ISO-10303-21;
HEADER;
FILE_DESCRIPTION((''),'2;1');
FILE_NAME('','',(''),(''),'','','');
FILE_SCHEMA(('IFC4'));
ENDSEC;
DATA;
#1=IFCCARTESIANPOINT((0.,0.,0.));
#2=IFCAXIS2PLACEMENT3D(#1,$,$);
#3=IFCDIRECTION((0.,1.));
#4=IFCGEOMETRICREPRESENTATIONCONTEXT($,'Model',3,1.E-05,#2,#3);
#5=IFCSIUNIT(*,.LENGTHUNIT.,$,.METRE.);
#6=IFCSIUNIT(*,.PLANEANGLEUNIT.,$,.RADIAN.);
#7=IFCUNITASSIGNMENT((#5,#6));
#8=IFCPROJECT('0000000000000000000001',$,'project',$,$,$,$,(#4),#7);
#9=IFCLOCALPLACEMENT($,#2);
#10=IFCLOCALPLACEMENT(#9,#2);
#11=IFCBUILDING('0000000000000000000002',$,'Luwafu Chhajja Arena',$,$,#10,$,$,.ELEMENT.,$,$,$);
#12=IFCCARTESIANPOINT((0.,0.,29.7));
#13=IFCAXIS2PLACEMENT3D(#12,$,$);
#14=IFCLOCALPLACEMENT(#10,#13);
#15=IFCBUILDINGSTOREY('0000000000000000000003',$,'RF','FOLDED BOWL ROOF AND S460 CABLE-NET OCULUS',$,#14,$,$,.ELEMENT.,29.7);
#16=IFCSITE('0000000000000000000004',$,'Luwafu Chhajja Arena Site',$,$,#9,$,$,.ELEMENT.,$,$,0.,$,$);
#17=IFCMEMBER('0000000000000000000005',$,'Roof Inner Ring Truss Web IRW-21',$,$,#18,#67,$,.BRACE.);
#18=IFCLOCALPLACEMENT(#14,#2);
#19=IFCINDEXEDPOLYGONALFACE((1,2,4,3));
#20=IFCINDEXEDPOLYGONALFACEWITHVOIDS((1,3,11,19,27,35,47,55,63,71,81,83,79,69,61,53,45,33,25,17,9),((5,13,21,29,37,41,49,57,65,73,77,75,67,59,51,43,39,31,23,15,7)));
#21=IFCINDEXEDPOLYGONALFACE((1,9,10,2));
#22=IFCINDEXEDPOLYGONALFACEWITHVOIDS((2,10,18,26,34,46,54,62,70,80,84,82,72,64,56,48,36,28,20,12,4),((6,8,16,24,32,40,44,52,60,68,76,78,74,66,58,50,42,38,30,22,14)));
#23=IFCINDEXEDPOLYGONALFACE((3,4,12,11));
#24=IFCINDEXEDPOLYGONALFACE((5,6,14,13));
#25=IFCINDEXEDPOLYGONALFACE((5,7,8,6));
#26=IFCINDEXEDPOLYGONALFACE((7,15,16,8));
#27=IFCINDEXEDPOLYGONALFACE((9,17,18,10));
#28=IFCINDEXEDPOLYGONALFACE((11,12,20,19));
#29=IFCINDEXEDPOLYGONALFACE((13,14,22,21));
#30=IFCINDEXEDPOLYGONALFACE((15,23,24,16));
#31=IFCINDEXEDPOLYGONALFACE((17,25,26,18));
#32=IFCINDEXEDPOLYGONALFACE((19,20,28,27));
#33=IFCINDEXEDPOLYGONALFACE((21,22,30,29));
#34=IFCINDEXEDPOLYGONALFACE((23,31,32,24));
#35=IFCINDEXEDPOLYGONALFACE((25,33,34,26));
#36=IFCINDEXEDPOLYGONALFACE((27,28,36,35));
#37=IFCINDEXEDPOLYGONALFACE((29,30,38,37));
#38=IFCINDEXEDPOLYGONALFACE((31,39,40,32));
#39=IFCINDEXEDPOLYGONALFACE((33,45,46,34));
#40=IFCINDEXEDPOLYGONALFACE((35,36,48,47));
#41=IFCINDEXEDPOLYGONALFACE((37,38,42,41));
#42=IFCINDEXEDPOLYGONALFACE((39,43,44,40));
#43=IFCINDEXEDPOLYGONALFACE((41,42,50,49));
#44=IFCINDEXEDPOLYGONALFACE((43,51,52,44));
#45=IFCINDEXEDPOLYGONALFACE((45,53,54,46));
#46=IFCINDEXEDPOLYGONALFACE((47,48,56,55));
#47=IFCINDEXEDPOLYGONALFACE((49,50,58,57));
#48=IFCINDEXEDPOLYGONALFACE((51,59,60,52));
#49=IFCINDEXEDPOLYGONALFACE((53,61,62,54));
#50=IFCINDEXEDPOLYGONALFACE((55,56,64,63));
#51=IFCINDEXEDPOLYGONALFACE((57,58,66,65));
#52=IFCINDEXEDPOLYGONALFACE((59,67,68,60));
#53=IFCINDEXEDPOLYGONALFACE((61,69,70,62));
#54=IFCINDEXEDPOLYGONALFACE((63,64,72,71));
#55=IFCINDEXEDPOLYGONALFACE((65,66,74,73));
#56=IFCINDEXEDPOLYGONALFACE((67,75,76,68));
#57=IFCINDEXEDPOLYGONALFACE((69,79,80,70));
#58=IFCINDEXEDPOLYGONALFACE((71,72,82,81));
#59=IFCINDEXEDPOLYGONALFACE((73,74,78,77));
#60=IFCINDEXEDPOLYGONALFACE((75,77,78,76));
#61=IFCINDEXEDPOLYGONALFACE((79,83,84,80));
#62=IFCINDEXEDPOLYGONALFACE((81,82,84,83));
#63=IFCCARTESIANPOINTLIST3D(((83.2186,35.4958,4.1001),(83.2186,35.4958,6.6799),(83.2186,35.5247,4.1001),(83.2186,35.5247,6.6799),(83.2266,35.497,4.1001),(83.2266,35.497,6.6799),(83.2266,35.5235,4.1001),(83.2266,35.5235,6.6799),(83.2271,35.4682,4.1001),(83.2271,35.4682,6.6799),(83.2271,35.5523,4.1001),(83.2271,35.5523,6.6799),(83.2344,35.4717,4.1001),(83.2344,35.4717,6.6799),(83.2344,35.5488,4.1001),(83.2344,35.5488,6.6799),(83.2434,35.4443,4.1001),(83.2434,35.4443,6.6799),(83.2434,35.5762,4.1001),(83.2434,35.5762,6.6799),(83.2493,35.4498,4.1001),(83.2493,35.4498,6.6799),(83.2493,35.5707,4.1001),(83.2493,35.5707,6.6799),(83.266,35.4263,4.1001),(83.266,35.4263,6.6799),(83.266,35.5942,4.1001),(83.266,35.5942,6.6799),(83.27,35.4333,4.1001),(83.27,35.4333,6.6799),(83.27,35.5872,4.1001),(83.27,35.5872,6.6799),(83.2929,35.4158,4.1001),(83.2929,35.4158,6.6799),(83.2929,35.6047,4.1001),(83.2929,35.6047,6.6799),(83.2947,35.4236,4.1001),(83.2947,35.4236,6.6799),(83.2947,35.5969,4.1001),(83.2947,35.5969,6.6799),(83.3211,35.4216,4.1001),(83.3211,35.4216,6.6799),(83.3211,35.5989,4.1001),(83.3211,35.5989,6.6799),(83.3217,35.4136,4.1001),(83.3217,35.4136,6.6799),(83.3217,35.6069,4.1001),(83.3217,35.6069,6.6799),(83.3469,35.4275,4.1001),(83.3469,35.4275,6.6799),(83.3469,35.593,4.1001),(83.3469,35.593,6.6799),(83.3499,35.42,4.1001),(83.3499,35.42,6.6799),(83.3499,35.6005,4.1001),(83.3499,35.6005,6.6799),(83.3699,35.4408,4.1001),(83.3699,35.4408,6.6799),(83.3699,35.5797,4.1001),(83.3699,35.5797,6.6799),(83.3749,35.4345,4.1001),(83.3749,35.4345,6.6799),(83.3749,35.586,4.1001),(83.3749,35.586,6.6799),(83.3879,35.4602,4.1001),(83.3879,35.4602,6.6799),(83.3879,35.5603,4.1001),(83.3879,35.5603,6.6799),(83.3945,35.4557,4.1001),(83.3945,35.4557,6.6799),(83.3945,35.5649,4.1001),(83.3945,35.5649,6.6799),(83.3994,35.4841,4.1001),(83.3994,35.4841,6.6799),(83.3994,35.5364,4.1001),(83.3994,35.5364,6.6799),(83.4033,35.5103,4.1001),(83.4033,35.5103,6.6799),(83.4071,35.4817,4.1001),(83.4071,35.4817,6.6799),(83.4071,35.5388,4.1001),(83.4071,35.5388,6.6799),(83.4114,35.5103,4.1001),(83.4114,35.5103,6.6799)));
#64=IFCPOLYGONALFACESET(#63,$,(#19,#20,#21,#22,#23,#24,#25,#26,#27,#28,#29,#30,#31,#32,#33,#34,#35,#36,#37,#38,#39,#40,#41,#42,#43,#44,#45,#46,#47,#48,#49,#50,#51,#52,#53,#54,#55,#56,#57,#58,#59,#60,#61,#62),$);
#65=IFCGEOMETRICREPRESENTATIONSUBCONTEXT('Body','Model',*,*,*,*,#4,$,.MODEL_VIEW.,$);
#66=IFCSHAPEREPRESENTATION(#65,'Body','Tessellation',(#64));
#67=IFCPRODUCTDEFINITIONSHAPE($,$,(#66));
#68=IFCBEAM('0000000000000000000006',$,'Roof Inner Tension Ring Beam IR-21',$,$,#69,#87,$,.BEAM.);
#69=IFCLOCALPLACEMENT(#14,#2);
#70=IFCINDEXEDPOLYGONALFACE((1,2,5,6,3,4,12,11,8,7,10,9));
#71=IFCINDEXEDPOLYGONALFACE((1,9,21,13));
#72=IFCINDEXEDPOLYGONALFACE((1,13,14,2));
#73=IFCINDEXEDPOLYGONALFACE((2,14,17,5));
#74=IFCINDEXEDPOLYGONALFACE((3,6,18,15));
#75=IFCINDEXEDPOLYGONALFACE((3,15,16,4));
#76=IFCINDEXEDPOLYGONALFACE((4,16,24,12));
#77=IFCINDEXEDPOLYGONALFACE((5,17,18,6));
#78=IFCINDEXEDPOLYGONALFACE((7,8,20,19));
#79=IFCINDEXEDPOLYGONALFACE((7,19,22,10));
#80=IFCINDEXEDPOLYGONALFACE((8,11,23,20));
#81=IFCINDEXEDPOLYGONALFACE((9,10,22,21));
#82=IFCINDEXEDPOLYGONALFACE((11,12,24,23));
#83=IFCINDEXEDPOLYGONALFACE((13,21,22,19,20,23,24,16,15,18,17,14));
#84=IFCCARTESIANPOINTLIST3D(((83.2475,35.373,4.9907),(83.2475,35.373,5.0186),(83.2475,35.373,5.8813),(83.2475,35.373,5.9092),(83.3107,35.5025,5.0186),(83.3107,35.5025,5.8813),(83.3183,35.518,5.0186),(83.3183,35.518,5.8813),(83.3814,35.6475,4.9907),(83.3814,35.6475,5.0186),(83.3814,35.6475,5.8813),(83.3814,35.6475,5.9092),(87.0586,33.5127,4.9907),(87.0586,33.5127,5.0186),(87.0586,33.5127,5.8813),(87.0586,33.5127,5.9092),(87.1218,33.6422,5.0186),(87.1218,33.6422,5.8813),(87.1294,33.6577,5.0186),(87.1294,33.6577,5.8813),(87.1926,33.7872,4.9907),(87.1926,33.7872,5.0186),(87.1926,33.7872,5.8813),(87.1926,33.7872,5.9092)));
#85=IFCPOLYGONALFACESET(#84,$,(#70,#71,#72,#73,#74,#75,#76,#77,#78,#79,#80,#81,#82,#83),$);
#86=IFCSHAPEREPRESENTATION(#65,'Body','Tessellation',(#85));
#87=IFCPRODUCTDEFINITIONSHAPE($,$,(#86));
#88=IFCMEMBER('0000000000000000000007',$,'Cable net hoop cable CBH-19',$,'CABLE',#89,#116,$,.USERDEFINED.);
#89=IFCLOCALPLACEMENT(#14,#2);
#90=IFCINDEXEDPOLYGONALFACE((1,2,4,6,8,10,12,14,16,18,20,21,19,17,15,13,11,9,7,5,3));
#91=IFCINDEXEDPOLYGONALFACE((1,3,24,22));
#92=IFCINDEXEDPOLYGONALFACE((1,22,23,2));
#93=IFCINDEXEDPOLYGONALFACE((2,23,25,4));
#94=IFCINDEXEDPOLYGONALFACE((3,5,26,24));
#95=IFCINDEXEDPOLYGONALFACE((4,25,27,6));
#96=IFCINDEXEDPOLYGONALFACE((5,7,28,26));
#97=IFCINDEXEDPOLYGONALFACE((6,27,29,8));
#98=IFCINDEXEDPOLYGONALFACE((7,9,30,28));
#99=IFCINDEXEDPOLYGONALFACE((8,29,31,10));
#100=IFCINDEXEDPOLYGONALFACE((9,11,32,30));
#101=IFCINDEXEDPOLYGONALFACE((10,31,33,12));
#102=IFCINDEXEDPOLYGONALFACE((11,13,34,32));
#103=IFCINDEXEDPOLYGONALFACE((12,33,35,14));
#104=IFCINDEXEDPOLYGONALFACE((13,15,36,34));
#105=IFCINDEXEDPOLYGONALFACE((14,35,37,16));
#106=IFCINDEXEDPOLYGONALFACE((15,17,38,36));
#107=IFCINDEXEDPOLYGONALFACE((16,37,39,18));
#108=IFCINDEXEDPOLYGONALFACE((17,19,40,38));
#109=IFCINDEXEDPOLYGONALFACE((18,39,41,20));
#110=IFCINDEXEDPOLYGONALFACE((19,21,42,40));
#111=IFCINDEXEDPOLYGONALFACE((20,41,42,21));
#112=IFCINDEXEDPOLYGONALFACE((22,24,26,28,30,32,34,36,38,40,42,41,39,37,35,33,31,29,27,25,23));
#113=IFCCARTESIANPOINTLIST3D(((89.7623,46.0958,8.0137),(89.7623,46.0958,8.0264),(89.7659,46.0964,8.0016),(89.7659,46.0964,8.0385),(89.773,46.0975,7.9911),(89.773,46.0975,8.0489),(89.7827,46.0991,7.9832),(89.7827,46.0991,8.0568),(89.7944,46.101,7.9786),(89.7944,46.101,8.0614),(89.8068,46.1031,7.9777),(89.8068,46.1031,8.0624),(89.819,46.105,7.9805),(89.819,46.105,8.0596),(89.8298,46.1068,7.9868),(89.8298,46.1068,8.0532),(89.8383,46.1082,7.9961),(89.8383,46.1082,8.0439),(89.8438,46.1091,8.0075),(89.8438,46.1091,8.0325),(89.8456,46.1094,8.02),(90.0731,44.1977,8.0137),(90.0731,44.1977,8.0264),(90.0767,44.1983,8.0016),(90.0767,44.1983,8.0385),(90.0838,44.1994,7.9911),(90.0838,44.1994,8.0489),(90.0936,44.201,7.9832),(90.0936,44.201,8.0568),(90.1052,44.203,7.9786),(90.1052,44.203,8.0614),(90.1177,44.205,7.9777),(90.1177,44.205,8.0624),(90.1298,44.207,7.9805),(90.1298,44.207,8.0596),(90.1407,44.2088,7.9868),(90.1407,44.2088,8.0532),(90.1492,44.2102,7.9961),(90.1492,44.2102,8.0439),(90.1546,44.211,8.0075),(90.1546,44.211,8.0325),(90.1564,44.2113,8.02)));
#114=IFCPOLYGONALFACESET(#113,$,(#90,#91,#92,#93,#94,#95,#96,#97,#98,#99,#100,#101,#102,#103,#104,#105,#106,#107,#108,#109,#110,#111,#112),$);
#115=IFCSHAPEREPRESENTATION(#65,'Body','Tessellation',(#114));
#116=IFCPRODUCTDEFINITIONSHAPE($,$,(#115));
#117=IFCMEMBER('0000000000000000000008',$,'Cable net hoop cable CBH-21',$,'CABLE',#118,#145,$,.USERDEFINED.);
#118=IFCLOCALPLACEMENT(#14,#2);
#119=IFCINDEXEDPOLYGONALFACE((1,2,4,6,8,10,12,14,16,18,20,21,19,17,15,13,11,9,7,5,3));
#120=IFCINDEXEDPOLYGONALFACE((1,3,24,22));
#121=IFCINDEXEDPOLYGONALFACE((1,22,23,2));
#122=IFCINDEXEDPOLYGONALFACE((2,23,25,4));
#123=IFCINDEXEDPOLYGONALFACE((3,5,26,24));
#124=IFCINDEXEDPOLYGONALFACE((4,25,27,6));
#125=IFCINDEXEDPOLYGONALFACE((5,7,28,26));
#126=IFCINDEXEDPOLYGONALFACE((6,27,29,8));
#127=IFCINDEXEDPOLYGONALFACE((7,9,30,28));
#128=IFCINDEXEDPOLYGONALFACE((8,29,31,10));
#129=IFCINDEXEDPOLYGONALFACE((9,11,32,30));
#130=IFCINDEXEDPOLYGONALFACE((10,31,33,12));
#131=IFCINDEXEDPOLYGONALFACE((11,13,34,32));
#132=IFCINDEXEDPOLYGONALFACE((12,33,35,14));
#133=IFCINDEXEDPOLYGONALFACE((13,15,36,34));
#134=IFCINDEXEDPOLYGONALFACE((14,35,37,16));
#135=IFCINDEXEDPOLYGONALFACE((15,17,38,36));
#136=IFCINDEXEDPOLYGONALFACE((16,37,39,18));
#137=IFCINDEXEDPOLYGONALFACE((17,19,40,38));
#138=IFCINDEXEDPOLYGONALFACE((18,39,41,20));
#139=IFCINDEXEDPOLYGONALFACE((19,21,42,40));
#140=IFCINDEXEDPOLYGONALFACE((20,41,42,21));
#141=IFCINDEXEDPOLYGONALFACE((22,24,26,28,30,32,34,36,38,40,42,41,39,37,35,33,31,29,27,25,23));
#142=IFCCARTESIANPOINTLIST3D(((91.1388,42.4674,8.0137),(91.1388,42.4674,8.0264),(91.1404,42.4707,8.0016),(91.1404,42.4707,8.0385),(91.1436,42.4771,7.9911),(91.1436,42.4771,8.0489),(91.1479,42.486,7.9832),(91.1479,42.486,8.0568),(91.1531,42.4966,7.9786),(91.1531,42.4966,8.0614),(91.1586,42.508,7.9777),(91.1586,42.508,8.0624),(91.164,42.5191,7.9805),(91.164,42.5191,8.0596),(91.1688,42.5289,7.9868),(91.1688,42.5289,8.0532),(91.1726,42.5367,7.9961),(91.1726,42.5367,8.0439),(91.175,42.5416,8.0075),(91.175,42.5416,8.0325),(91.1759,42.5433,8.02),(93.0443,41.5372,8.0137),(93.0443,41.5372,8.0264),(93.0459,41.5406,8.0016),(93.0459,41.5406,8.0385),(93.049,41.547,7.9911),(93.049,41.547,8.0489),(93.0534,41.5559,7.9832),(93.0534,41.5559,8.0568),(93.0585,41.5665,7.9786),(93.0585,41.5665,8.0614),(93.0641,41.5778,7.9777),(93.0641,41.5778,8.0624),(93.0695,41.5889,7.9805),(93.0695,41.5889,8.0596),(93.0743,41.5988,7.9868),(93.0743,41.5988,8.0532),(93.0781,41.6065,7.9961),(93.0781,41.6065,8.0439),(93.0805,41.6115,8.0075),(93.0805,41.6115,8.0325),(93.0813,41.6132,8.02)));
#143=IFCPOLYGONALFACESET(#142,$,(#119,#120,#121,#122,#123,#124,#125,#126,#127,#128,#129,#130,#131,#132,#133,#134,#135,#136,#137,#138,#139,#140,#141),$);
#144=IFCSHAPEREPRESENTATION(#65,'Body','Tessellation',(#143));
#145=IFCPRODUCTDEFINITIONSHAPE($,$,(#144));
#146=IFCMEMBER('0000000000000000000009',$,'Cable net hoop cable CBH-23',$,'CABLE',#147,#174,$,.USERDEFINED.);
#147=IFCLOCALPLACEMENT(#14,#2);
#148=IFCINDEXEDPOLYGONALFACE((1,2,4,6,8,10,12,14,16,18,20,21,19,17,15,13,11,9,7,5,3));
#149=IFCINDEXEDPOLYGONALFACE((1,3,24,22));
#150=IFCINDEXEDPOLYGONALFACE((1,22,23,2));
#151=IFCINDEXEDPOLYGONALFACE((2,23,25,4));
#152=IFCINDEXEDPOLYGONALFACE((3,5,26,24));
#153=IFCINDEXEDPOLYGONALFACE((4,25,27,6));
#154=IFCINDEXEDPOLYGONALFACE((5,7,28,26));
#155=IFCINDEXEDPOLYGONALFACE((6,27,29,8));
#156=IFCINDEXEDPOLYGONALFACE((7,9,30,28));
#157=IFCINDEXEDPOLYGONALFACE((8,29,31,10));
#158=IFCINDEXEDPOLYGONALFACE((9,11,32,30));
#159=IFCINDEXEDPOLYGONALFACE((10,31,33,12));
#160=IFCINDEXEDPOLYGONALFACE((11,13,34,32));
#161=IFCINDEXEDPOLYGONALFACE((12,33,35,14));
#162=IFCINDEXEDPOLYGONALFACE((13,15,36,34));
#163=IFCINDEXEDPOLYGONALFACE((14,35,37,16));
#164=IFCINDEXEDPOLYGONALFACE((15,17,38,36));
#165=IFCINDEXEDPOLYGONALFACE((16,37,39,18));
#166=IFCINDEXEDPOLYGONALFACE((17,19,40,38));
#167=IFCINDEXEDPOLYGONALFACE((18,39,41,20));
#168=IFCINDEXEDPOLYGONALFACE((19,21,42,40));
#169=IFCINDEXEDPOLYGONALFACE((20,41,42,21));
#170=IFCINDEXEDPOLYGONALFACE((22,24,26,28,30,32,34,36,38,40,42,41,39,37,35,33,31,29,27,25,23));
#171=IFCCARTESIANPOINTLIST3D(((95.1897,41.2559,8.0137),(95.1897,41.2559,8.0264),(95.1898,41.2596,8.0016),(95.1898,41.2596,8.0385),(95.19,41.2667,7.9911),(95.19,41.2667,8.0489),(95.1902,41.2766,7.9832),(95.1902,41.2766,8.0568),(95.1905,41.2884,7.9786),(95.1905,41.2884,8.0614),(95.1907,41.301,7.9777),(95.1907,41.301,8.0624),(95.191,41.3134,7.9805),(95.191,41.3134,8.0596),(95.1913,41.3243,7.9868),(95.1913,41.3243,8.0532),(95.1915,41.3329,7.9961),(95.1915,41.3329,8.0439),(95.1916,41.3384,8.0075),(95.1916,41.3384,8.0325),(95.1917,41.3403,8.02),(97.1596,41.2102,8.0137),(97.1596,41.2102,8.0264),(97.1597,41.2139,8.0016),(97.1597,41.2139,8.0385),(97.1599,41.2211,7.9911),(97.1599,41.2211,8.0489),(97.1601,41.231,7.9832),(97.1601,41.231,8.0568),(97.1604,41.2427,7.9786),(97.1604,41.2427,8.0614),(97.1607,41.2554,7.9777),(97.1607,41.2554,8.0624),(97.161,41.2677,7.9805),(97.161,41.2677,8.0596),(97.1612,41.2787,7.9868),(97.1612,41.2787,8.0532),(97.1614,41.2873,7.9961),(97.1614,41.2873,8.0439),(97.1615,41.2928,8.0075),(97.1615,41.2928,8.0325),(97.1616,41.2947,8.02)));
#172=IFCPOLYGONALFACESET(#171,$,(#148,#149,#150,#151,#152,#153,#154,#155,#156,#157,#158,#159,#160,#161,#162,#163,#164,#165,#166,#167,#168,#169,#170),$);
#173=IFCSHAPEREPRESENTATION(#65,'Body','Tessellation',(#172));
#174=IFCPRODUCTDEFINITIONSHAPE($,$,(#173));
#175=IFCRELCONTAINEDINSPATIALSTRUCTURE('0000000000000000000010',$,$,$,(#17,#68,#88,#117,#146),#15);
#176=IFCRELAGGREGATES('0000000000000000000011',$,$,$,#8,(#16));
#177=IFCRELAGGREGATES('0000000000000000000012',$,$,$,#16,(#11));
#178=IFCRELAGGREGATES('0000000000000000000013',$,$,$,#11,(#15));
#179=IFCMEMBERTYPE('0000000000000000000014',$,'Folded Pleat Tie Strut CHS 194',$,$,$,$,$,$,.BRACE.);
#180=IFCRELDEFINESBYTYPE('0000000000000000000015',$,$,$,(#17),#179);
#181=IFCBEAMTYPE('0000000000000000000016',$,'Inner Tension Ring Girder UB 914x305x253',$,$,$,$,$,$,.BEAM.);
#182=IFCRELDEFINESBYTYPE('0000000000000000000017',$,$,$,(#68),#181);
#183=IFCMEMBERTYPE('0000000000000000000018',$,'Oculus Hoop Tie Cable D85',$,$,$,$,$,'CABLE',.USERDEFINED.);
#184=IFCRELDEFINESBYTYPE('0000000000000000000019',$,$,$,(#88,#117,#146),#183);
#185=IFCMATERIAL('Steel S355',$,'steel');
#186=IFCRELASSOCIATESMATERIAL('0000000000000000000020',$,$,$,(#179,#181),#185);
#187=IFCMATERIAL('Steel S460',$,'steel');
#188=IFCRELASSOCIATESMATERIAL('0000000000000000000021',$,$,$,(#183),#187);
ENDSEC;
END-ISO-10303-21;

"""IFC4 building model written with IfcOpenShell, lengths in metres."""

from ifc_helpers import new_model, si_unit, direction, frame, origin, origin_2d, place, context, subcontext, project, spatial, circle, hollow_circle, i_section, extrude, material, material_profile, profile_set, type_object, element, save


model = new_model("IFC4")

# Units and contexts
model_context = context("Model", 3, precision=1e-05, world=origin(), true_north=direction((0.0, 1.0)))
body_context = subcontext(model_context, "Body", "Model", "MODEL_VIEW")
ifc_project = project(units=[si_unit("LENGTHUNIT", "METRE"), si_unit("PLANEANGLEUNIT", "RADIAN")], contexts=[model_context])

# Site, building, storey
site_placement = place(None, origin())
site = spatial("IfcSite", under=ifc_project, at=site_placement, Name="Luwafu Chhajja Arena Site", CompositionType="ELEMENT", RefElevation=0.0)
building_placement = place(site_placement, origin())
building = spatial("IfcBuilding", under=site, at=building_placement, Name="Luwafu Chhajja Arena", CompositionType="ELEMENT")
storey_placement = place(building_placement, frame((0.0, 0.0, 29.7)))
storey = spatial("IfcBuildingStorey", under=building, at=storey_placement, Name="RF", Description="FOLDED BOWL ROOF AND S460 CABLE-NET OCULUS", CompositionType="ELEMENT", Elevation=29.7)

# Member
ifc_material_1 = material(Name="Steel S355", Category="steel")
ifc_material_profile_1 = material_profile(ifc_material_1, hollow_circle(Radius=0.0969, WallThickness=0.0081, at=origin_2d()), Name="CHS 193.7x8")
ifc_profile_set_1 = profile_set([ifc_material_profile_1], Name="Steel S355")
member_type_1 = type_object("IfcMemberType", Name="Folded Pleat Tie Strut CHS 194", PredefinedType="BRACE", material=ifc_profile_set_1)
member_1_placement = place(storey_placement, frame((83.3145, 35.5103, 4.1001), z_axis=(0.0, 0.0, 1.0), x_axis=(1.0, 0.0, 0.0)))
element("IfcMember", 1, at=member_1_placement, inside=storey, type_object=member_type_1, Name="Roof Inner Ring Truss Web IRW-21", PredefinedType="BRACE", context=body_context, shape_type="SweptSolid", body=[
    extrude(hollow_circle(Radius=0.0969, WallThickness=0.0081, at=origin_2d()), origin(), (0.0, 0.0, 1.0), 2.5798),
])

# Beam
ifc_material_profile_2 = material_profile(ifc_material_1, i_section(OverallWidth=0.3054, OverallDepth=0.9185, WebThickness=0.0173, FlangeThickness=0.0278, at=origin_2d()), Name="UB 914x305x253")
ifc_profile_set_2 = profile_set([ifc_material_profile_2], Name="Steel S355")
beam_type = type_object("IfcBeamType", Name="Inner Tension Ring Girder UB 914x305x253", PredefinedType="BEAM", material=ifc_profile_set_2)
beam_placement = place(storey_placement, frame((83.3145, 35.5103, 5.45), z_axis=(0.898658, -0.43865, 0.0), x_axis=(0.43865, 0.898658, 0.0)))
element("IfcBeam", 2, at=beam_placement, inside=storey, type_object=beam_type, Name="Roof Inner Tension Ring Beam IR-21", PredefinedType="BEAM", context=body_context, shape_type="SweptSolid", body=[
    extrude(i_section(OverallWidth=0.3054, OverallDepth=0.9185, WebThickness=0.0173, FlangeThickness=0.0278, at=origin_2d()), origin(), (0.0, 0.0, 1.0), 4.241),
])

# Members
ifc_material_2 = material(Name="Steel S460", Category="steel")
ifc_material_profile_3 = material_profile(ifc_material_2, circle(Radius=0.0425, at=origin_2d()), Name="CABLE D85")
ifc_profile_set_3 = profile_set([ifc_material_profile_3], Name="Steel S460")
member_type_2 = type_object("IfcMemberType", Name="Oculus Hoop Tie Cable D85", ElementType="CABLE", PredefinedType="USERDEFINED", material=ifc_profile_set_3)
member_2_placement = place(storey_placement, frame((89.8037, 46.1025, 8.02), z_axis=(0.161599, -0.986857, 0.0), x_axis=(0.986857, 0.161599, 0.0)))
element("IfcMember", 3, at=member_2_placement, inside=storey, type_object=member_type_2, Name="Cable net hoop cable CBH-19", ObjectType="CABLE", PredefinedType="USERDEFINED", context=body_context, shape_type="SweptSolid", body=[
    extrude(circle(Radius=0.0425, at=origin_2d()), origin(), (0.0, 0.0, 1.0), 1.9233),
])
member_3_placement = place(storey_placement, frame((91.1572, 42.5051, 8.02), z_axis=(0.898647, -0.438673, 0.0), x_axis=(0.438673, 0.898647, 0.0)))
element("IfcMember", 4, at=member_3_placement, inside=storey, type_object=member_type_2, Name="Cable net hoop cable CBH-21", ObjectType="CABLE", PredefinedType="USERDEFINED", context=body_context, shape_type="SweptSolid", body=[
    extrude(circle(Radius=0.0425, at=origin_2d()), origin(), (0.0, 0.0, 1.0), 2.1204),
])
member_4_placement = place(storey_placement, frame((95.1907, 41.2979, 8.02), z_axis=(0.999732, -0.023169, 0.0), x_axis=(0.023169, 0.999732, 0.0)))
element("IfcMember", 5, at=member_4_placement, inside=storey, type_object=member_type_2, Name="Cable net hoop cable CBH-23", ObjectType="CABLE", PredefinedType="USERDEFINED", context=body_context, shape_type="SweptSolid", body=[
    extrude(circle(Radius=0.0425, at=origin_2d()), origin(), (0.0, 0.0, 1.0), 1.9705),
])

save(model, "model.ifc")
